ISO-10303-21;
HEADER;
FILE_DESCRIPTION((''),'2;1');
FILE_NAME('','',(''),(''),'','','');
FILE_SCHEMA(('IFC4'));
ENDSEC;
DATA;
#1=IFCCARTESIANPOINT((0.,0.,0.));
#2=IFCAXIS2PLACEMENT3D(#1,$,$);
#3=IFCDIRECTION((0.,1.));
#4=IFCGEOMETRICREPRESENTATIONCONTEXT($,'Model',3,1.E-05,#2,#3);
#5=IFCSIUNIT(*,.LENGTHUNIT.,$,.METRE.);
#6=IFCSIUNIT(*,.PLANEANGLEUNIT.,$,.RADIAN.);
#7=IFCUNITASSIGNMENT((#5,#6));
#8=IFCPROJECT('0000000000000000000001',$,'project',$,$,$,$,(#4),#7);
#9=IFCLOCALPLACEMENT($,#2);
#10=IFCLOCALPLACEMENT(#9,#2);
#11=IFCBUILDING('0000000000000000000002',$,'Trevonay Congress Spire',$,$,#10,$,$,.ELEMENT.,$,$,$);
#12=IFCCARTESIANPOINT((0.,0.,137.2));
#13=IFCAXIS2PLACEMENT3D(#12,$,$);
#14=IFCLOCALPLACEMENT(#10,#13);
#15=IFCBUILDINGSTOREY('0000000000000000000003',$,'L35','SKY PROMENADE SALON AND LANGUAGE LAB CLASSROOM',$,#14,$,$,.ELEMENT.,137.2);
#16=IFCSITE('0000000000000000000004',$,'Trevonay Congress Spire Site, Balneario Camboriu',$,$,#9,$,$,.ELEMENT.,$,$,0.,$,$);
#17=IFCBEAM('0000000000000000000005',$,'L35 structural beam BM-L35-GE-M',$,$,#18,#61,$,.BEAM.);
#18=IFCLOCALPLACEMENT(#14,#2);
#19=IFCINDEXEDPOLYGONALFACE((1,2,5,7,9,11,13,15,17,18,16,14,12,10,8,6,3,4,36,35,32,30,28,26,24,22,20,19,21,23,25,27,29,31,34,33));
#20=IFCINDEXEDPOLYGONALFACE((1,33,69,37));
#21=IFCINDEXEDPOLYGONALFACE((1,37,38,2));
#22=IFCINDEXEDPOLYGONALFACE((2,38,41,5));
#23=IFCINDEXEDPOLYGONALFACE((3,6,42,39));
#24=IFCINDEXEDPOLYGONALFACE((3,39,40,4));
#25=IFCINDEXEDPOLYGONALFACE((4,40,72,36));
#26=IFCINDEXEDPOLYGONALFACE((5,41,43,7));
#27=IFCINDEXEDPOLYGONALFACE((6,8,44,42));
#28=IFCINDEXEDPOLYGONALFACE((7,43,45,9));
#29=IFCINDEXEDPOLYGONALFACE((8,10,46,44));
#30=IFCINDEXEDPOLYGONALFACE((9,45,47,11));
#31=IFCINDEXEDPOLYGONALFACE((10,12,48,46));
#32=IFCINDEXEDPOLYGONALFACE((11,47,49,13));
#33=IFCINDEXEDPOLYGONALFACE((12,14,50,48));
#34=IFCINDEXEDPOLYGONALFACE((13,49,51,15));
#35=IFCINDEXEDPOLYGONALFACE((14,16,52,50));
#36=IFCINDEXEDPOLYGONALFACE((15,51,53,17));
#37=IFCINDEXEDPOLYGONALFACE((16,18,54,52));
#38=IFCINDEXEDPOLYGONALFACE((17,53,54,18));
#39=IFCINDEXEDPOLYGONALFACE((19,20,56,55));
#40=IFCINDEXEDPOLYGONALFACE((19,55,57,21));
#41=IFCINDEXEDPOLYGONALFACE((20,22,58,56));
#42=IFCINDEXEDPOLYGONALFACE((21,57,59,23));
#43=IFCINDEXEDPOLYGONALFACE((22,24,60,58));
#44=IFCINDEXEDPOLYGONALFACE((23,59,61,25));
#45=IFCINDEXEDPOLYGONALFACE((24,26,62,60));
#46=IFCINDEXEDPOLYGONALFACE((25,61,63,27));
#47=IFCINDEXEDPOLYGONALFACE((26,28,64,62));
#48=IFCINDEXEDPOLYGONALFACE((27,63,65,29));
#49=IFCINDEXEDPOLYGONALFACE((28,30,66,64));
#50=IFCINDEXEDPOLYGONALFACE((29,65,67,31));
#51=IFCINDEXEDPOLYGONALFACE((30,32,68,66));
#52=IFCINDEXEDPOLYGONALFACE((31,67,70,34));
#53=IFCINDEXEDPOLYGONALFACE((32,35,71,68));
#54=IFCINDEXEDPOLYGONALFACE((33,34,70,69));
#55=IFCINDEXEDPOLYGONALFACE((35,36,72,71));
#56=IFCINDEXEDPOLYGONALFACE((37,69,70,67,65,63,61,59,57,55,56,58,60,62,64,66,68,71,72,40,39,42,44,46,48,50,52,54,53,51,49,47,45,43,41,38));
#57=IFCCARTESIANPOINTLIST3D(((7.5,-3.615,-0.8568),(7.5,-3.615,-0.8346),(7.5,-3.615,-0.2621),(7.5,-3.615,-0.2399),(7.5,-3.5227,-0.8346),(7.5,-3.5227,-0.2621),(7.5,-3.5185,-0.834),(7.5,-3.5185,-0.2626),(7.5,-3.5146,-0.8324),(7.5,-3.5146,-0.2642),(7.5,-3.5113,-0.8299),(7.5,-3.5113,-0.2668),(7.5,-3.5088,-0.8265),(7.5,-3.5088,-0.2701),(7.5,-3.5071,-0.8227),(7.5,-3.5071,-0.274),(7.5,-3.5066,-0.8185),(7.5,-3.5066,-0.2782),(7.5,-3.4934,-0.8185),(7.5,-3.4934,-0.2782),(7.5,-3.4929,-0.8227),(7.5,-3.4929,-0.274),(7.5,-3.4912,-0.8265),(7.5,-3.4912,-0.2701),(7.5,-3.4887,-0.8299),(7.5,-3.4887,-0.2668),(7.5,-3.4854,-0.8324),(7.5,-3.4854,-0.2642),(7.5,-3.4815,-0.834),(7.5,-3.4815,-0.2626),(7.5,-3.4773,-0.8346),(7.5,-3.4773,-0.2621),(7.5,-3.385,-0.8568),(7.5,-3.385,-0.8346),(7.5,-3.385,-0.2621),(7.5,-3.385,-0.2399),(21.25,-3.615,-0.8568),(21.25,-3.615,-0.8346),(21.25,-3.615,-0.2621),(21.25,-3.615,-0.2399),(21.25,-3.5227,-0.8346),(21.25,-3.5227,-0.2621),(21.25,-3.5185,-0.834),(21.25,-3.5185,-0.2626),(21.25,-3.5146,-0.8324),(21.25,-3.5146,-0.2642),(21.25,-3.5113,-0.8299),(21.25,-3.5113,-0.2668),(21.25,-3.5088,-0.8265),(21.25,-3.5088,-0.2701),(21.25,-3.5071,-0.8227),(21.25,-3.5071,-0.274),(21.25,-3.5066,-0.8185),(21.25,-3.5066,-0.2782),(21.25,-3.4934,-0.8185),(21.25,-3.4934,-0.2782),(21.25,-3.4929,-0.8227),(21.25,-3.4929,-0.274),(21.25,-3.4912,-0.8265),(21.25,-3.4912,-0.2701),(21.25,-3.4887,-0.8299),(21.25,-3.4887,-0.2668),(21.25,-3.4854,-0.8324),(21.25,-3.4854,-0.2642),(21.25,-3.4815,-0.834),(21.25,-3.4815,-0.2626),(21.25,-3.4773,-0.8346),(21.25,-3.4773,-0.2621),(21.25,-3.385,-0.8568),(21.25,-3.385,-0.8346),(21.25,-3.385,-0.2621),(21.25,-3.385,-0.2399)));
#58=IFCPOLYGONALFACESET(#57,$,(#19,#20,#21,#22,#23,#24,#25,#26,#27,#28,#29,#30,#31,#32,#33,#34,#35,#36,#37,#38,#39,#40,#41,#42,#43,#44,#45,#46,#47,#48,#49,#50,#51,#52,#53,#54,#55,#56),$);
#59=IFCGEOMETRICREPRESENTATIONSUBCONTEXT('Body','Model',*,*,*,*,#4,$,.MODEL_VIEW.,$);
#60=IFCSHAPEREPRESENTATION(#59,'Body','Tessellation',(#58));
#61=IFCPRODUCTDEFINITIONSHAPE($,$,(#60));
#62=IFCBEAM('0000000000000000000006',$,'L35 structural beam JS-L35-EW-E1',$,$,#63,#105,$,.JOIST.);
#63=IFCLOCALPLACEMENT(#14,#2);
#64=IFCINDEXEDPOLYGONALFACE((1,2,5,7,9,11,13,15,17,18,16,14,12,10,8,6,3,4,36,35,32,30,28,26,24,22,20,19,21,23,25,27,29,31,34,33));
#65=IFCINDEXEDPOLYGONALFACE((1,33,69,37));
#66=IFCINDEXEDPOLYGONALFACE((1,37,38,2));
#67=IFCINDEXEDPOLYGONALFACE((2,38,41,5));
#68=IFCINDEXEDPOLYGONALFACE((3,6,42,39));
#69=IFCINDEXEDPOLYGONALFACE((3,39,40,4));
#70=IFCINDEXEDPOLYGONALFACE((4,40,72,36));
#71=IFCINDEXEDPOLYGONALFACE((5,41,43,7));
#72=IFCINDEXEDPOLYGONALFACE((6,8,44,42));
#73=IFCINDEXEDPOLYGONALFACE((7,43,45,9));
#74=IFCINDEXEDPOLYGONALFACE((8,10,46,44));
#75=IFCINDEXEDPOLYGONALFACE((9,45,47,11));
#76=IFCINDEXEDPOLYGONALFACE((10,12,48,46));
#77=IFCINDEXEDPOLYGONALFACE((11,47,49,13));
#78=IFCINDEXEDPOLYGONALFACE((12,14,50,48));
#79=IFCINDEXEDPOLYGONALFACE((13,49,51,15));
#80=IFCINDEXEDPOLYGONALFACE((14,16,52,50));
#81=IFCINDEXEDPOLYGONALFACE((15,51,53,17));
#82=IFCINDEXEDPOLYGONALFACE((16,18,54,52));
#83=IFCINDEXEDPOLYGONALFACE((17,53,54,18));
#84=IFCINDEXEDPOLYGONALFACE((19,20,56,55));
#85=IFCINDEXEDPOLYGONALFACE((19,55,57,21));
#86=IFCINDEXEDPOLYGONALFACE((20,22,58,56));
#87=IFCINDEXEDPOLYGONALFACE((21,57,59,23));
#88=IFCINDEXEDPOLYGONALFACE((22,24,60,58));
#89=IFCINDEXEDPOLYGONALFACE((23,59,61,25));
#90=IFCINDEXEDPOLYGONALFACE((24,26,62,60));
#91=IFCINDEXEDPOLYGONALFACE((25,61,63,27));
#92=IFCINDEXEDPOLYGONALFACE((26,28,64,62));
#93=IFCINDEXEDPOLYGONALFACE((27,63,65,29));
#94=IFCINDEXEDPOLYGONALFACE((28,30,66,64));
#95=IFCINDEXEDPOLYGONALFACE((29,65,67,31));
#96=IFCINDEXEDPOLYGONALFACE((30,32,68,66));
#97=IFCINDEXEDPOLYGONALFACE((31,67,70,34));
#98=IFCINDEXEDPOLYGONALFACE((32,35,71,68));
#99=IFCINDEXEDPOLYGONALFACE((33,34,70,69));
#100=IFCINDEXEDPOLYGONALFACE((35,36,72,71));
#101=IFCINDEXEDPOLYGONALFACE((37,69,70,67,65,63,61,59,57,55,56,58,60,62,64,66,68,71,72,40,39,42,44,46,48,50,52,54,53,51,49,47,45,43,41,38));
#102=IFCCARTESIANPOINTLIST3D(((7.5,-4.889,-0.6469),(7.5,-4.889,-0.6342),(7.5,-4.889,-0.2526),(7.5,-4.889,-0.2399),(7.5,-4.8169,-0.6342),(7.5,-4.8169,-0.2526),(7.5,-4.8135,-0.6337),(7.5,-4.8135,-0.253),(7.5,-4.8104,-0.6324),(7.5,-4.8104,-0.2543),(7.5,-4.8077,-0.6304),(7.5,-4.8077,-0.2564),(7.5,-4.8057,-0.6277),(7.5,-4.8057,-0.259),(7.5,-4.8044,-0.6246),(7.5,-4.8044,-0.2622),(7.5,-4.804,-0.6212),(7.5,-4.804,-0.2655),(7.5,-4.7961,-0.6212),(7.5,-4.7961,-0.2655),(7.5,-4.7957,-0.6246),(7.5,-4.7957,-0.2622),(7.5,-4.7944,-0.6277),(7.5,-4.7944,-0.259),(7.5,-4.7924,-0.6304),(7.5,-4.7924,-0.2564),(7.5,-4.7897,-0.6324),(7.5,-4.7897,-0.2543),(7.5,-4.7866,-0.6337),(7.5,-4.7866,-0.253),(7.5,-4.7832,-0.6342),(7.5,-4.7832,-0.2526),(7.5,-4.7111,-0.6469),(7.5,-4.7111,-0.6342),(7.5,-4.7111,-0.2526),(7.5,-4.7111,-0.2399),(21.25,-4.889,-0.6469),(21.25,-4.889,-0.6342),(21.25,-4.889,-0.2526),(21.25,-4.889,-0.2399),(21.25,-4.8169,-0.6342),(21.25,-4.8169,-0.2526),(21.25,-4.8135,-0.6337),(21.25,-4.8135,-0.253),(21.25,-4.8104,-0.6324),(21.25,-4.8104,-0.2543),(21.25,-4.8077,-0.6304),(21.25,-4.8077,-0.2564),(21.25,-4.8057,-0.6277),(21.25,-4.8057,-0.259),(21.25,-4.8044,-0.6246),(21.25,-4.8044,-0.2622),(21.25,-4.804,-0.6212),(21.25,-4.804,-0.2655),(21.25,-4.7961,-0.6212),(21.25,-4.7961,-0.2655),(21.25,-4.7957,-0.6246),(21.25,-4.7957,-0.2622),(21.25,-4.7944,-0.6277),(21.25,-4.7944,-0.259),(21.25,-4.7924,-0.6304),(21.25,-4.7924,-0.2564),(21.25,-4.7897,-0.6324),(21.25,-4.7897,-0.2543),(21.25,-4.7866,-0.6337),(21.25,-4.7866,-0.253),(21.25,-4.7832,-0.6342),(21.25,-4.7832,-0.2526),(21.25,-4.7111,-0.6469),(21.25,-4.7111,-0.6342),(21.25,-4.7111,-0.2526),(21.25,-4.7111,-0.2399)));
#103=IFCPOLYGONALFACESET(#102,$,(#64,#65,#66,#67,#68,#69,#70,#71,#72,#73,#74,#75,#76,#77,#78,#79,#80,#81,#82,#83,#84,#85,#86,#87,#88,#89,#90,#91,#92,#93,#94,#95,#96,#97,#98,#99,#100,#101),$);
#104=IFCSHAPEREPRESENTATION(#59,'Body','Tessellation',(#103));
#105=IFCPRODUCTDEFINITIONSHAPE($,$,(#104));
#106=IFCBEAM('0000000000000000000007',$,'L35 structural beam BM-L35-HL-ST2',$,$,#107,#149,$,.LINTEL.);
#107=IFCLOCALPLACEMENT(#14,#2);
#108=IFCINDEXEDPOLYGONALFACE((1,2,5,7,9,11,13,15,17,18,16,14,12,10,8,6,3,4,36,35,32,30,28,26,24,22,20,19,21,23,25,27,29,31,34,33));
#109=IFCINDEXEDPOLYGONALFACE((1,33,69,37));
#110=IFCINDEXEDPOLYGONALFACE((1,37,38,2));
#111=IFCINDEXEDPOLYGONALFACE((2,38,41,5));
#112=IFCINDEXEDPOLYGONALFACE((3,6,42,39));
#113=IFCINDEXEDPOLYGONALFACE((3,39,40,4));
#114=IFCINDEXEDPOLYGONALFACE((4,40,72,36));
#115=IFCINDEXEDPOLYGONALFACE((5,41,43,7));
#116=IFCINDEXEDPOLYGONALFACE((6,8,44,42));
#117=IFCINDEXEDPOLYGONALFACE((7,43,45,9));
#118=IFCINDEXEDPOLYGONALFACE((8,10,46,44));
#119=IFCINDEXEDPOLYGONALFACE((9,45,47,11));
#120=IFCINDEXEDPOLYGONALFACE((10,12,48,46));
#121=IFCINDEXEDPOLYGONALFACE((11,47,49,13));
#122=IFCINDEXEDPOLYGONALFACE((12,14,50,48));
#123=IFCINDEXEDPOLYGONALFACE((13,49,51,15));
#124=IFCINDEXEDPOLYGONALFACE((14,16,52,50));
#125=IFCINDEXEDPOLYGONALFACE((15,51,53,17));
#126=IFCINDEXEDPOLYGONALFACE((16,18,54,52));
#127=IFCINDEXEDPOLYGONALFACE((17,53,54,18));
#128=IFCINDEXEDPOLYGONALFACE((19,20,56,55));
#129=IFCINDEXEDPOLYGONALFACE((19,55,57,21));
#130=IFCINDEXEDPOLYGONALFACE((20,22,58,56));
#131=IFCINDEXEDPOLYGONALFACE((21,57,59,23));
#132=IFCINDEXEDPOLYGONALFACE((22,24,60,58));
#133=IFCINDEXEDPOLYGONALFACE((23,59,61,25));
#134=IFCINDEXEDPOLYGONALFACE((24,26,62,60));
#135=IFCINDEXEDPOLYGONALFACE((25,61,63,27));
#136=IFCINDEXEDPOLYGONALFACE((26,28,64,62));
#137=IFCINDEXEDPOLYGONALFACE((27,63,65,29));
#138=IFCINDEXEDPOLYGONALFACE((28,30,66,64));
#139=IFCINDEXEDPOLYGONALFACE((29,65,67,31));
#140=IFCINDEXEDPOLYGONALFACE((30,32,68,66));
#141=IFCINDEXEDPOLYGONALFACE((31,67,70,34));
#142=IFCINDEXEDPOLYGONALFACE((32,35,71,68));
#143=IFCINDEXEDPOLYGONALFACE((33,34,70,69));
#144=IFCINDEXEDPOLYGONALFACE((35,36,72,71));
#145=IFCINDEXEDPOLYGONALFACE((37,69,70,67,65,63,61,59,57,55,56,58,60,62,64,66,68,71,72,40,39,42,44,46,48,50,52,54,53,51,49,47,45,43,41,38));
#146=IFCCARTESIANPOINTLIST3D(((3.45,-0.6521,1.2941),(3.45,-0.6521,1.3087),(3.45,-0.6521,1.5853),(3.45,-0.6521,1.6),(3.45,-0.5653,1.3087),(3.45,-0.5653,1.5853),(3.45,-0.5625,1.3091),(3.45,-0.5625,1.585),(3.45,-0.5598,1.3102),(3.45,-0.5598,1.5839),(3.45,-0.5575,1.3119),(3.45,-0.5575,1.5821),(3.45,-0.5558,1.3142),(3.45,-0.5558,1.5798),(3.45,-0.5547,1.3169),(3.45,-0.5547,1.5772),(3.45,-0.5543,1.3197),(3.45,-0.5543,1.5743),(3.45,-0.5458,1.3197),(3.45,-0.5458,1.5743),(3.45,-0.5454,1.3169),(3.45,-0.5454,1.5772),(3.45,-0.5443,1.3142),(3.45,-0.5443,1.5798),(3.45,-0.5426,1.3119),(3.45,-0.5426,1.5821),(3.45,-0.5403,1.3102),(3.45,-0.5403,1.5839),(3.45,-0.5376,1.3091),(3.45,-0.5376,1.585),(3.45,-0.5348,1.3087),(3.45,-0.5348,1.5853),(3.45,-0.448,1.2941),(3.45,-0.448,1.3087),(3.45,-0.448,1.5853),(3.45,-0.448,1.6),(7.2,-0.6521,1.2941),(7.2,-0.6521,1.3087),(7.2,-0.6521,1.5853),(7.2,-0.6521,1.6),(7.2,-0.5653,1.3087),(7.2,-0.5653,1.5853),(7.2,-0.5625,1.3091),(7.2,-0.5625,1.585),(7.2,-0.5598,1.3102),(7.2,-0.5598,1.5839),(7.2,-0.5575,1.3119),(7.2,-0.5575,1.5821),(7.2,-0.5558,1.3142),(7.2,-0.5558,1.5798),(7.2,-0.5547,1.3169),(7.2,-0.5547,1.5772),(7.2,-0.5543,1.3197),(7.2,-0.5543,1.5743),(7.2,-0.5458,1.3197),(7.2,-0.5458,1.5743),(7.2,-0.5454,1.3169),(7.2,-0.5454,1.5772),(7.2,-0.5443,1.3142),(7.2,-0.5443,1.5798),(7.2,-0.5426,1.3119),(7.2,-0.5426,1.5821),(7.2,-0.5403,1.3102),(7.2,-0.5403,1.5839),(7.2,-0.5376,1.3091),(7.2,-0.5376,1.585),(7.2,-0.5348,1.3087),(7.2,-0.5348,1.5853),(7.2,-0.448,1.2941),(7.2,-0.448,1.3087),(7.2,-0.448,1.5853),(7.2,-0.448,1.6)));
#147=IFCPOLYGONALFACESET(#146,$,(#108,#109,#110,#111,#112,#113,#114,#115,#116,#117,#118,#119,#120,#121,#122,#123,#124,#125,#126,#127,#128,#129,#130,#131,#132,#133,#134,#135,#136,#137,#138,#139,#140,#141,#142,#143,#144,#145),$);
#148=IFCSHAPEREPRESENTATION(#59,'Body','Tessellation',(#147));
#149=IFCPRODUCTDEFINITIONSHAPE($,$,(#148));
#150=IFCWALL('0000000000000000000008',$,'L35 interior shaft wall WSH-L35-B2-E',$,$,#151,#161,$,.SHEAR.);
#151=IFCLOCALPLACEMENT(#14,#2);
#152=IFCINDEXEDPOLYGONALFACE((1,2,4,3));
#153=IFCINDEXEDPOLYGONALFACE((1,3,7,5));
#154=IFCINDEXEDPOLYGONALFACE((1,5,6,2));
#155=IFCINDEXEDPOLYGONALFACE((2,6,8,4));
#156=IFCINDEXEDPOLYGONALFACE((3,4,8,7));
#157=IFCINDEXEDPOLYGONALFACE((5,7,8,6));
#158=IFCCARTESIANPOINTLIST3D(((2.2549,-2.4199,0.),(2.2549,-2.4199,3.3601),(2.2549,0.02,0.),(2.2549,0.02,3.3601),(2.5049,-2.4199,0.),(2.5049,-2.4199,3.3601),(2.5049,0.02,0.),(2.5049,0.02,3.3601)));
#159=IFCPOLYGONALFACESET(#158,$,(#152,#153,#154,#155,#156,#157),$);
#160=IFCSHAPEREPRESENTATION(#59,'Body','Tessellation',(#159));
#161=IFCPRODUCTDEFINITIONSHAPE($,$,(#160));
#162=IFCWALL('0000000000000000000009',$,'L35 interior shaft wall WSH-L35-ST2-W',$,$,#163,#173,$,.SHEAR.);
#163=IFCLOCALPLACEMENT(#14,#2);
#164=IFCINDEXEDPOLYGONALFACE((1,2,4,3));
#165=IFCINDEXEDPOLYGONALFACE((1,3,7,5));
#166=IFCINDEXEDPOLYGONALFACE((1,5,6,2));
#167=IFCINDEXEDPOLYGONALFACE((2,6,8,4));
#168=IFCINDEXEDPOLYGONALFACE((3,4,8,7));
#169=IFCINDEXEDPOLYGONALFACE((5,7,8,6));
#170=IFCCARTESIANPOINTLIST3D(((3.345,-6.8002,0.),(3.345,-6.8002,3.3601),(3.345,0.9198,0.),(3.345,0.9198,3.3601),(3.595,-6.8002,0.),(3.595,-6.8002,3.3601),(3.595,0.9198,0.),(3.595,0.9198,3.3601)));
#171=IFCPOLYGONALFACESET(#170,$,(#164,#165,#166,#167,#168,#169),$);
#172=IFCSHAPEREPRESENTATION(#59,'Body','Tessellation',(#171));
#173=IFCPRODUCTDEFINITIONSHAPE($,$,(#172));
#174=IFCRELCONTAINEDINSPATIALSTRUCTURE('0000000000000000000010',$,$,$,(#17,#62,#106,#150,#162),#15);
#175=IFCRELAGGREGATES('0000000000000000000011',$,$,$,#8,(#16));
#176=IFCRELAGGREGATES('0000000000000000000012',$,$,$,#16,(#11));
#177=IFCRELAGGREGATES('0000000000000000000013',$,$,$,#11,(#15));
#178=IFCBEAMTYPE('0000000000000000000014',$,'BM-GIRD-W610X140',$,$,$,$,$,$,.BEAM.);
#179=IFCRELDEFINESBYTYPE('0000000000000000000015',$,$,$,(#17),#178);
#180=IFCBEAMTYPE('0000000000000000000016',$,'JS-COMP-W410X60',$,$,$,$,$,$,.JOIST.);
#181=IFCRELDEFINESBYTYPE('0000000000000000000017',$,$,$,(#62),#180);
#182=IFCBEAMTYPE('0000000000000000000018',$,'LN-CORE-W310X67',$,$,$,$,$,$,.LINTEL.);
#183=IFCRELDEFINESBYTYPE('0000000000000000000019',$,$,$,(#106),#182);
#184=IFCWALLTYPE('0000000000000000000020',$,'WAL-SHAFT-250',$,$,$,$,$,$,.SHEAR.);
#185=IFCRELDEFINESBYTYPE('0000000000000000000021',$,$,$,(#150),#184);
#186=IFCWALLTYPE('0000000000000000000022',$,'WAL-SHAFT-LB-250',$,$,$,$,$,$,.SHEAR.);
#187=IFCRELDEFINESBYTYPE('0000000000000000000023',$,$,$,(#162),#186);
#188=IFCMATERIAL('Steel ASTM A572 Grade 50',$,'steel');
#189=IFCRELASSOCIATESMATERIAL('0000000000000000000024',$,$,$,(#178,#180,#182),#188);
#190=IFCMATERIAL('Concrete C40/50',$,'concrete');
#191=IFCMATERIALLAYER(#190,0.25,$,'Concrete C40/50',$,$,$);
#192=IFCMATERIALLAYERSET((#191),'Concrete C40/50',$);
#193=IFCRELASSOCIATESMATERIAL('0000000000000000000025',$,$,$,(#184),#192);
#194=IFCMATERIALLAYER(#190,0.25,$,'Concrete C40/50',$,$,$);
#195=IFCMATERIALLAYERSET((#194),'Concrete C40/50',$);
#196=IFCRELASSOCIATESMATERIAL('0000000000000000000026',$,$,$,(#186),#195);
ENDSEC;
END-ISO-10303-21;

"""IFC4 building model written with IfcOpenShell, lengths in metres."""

from ifc_helpers import new_model, si_unit, direction, frame, frame_2d, origin, origin_2d, place, context, subcontext, project, spatial, rectangle, i_section, extrude, material, layer, layer_set, material_profile, profile_set, type_object, element, save


model = new_model("IFC4")

# Units and contexts
model_context = context("Model", 3, precision=1e-05, world=origin(), true_north=direction((0.0, 1.0)))
body_context = subcontext(model_context, "Body", "Model", "MODEL_VIEW")
ifc_project = project(units=[si_unit("LENGTHUNIT", "METRE"), si_unit("PLANEANGLEUNIT", "RADIAN")], contexts=[model_context])

# Site, building, storey
site_placement = place(None, origin())
site = spatial("IfcSite", under=ifc_project, at=site_placement, Name="Trevonay Congress Spire Site, Balneario Camboriu", CompositionType="ELEMENT", RefElevation=0.0)
building_placement = place(site_placement, origin())
building = spatial("IfcBuilding", under=site, at=building_placement, Name="Trevonay Congress Spire", CompositionType="ELEMENT")
storey_placement = place(building_placement, frame((0.0, 0.0, 137.2)))
storey = spatial("IfcBuildingStorey", under=building, at=storey_placement, Name="L35", Description="SKY PROMENADE SALON AND LANGUAGE LAB CLASSROOM", CompositionType="ELEMENT", Elevation=137.2)

# Beams
ifc_material_1 = material(Name="Steel ASTM A572 Grade 50", Category="steel")
ifc_material_profile_1 = material_profile(ifc_material_1, i_section(OverallWidth=0.23, OverallDepth=0.6169, WebThickness=0.0132, FlangeThickness=0.0222, FilletRadius=0.0161, at=origin_2d()), Name="W610x140")
ifc_profile_set_1 = profile_set([ifc_material_profile_1], Name="Steel ASTM A572 Grade 50")
beam_type_1 = type_object("IfcBeamType", Name="BM-GIRD-W610X140", PredefinedType="BEAM", material=ifc_profile_set_1)
beam_1_placement = place(storey_placement, frame((7.5, -3.5, -0.5483), z_axis=(1.0, 0.0, 0.0), x_axis=(0.0, 1.0, 0.0)))
element("IfcBeam", 1, at=beam_1_placement, inside=storey, type_object=beam_type_1, Name="L35 structural beam BM-L35-GE-M", PredefinedType="BEAM", context=body_context, shape_type="SweptSolid", body=[
    extrude(i_section(OverallWidth=0.23, OverallDepth=0.6169, WebThickness=0.0132, FlangeThickness=0.0222, FilletRadius=0.0161, at=origin_2d()), origin(), (0.0, 0.0, 1.0), 13.75),
])
ifc_material_profile_2 = material_profile(ifc_material_1, i_section(OverallWidth=0.178, OverallDepth=0.407, WebThickness=0.0078, FlangeThickness=0.0127, FilletRadius=0.0129, at=origin_2d()), Name="W410x60")
ifc_profile_set_2 = profile_set([ifc_material_profile_2], Name="Steel ASTM A572 Grade 50")
beam_type_2 = type_object("IfcBeamType", Name="JS-COMP-W410X60", PredefinedType="JOIST", material=ifc_profile_set_2)
beam_2_placement = place(storey_placement, frame((7.5, -4.8, -0.4434), z_axis=(1.0, 0.0, 0.0), x_axis=(0.0, 1.0, 0.0)))
element("IfcBeam", 2, at=beam_2_placement, inside=storey, type_object=beam_type_2, Name="L35 structural beam JS-L35-EW-E1", PredefinedType="JOIST", context=body_context, shape_type="SweptSolid", body=[
    extrude(i_section(OverallWidth=0.178, OverallDepth=0.407, WebThickness=0.0078, FlangeThickness=0.0127, FilletRadius=0.0129, at=origin_2d()), origin(), (0.0, 0.0, 1.0), 13.75),
])
ifc_material_profile_3 = material_profile(ifc_material_1, i_section(OverallWidth=0.2041, OverallDepth=0.3059, WebThickness=0.0085, FlangeThickness=0.0146, FilletRadius=0.011, at=origin_2d()), Name="W310x67")
ifc_profile_set_3 = profile_set([ifc_material_profile_3], Name="Steel ASTM A572 Grade 50")
beam_type_3 = type_object("IfcBeamType", Name="LN-CORE-W310X67", PredefinedType="LINTEL", material=ifc_profile_set_3)
beam_3_placement = place(storey_placement, frame((3.45, -0.55, 1.447), z_axis=(1.0, 0.0, 0.0), x_axis=(0.0, 1.0, 0.0)))
element("IfcBeam", 3, at=beam_3_placement, inside=storey, type_object=beam_type_3, Name="L35 structural beam BM-L35-HL-ST2", PredefinedType="LINTEL", context=body_context, shape_type="SweptSolid", body=[
    extrude(i_section(OverallWidth=0.2041, OverallDepth=0.3059, WebThickness=0.0085, FlangeThickness=0.0146, FilletRadius=0.011, at=origin_2d()), origin(), (0.0, 0.0, 1.0), 3.75),
])

# Walls
ifc_material_2 = material(Name="Concrete C40/50", Category="concrete")
ifc_layer_1 = layer(ifc_material_2, 0.25, Name="Concrete C40/50")
ifc_layer_set_1 = layer_set([ifc_layer_1], Name="Concrete C40/50")
wall_type_1 = type_object("IfcWallType", Name="WAL-SHAFT-250", PredefinedType="SHEAR", material=ifc_layer_set_1)
wall_1_placement = place(storey_placement, frame((2.3799, -2.4199, 0.0), z_axis=(0.0, 0.0, 1.0), x_axis=(0.0, 1.0, 0.0)))
element("IfcWall", 4, at=wall_1_placement, inside=storey, type_object=wall_type_1, Name="L35 interior shaft wall WSH-L35-B2-E", PredefinedType="SHEAR", context=body_context, shape_type="SweptSolid", body=[
    extrude(rectangle(XDim=2.4399, YDim=0.25, at=frame_2d((1.22, 0.0))), origin(), (0.0, 0.0, 1.0), 3.3601),
])
ifc_layer_2 = layer(ifc_material_2, 0.25, Name="Concrete C40/50")
ifc_layer_set_2 = layer_set([ifc_layer_2], Name="Concrete C40/50")
wall_type_2 = type_object("IfcWallType", Name="WAL-SHAFT-LB-250", PredefinedType="SHEAR", material=ifc_layer_set_2)
wall_2_placement = place(storey_placement, frame((3.47, -6.8, 0.0), z_axis=(0.0, 0.0, 1.0), x_axis=(0.0, 1.0, 0.0)))
element("IfcWall", 5, at=wall_2_placement, inside=storey, type_object=wall_type_2, Name="L35 interior shaft wall WSH-L35-ST2-W", PredefinedType="SHEAR", context=body_context, shape_type="SweptSolid", body=[
    extrude(rectangle(XDim=7.72, YDim=0.25, at=frame_2d((3.8599, 0.0))), origin(), (0.0, 0.0, 1.0), 3.3601),
])

save(model, "model.ifc")
